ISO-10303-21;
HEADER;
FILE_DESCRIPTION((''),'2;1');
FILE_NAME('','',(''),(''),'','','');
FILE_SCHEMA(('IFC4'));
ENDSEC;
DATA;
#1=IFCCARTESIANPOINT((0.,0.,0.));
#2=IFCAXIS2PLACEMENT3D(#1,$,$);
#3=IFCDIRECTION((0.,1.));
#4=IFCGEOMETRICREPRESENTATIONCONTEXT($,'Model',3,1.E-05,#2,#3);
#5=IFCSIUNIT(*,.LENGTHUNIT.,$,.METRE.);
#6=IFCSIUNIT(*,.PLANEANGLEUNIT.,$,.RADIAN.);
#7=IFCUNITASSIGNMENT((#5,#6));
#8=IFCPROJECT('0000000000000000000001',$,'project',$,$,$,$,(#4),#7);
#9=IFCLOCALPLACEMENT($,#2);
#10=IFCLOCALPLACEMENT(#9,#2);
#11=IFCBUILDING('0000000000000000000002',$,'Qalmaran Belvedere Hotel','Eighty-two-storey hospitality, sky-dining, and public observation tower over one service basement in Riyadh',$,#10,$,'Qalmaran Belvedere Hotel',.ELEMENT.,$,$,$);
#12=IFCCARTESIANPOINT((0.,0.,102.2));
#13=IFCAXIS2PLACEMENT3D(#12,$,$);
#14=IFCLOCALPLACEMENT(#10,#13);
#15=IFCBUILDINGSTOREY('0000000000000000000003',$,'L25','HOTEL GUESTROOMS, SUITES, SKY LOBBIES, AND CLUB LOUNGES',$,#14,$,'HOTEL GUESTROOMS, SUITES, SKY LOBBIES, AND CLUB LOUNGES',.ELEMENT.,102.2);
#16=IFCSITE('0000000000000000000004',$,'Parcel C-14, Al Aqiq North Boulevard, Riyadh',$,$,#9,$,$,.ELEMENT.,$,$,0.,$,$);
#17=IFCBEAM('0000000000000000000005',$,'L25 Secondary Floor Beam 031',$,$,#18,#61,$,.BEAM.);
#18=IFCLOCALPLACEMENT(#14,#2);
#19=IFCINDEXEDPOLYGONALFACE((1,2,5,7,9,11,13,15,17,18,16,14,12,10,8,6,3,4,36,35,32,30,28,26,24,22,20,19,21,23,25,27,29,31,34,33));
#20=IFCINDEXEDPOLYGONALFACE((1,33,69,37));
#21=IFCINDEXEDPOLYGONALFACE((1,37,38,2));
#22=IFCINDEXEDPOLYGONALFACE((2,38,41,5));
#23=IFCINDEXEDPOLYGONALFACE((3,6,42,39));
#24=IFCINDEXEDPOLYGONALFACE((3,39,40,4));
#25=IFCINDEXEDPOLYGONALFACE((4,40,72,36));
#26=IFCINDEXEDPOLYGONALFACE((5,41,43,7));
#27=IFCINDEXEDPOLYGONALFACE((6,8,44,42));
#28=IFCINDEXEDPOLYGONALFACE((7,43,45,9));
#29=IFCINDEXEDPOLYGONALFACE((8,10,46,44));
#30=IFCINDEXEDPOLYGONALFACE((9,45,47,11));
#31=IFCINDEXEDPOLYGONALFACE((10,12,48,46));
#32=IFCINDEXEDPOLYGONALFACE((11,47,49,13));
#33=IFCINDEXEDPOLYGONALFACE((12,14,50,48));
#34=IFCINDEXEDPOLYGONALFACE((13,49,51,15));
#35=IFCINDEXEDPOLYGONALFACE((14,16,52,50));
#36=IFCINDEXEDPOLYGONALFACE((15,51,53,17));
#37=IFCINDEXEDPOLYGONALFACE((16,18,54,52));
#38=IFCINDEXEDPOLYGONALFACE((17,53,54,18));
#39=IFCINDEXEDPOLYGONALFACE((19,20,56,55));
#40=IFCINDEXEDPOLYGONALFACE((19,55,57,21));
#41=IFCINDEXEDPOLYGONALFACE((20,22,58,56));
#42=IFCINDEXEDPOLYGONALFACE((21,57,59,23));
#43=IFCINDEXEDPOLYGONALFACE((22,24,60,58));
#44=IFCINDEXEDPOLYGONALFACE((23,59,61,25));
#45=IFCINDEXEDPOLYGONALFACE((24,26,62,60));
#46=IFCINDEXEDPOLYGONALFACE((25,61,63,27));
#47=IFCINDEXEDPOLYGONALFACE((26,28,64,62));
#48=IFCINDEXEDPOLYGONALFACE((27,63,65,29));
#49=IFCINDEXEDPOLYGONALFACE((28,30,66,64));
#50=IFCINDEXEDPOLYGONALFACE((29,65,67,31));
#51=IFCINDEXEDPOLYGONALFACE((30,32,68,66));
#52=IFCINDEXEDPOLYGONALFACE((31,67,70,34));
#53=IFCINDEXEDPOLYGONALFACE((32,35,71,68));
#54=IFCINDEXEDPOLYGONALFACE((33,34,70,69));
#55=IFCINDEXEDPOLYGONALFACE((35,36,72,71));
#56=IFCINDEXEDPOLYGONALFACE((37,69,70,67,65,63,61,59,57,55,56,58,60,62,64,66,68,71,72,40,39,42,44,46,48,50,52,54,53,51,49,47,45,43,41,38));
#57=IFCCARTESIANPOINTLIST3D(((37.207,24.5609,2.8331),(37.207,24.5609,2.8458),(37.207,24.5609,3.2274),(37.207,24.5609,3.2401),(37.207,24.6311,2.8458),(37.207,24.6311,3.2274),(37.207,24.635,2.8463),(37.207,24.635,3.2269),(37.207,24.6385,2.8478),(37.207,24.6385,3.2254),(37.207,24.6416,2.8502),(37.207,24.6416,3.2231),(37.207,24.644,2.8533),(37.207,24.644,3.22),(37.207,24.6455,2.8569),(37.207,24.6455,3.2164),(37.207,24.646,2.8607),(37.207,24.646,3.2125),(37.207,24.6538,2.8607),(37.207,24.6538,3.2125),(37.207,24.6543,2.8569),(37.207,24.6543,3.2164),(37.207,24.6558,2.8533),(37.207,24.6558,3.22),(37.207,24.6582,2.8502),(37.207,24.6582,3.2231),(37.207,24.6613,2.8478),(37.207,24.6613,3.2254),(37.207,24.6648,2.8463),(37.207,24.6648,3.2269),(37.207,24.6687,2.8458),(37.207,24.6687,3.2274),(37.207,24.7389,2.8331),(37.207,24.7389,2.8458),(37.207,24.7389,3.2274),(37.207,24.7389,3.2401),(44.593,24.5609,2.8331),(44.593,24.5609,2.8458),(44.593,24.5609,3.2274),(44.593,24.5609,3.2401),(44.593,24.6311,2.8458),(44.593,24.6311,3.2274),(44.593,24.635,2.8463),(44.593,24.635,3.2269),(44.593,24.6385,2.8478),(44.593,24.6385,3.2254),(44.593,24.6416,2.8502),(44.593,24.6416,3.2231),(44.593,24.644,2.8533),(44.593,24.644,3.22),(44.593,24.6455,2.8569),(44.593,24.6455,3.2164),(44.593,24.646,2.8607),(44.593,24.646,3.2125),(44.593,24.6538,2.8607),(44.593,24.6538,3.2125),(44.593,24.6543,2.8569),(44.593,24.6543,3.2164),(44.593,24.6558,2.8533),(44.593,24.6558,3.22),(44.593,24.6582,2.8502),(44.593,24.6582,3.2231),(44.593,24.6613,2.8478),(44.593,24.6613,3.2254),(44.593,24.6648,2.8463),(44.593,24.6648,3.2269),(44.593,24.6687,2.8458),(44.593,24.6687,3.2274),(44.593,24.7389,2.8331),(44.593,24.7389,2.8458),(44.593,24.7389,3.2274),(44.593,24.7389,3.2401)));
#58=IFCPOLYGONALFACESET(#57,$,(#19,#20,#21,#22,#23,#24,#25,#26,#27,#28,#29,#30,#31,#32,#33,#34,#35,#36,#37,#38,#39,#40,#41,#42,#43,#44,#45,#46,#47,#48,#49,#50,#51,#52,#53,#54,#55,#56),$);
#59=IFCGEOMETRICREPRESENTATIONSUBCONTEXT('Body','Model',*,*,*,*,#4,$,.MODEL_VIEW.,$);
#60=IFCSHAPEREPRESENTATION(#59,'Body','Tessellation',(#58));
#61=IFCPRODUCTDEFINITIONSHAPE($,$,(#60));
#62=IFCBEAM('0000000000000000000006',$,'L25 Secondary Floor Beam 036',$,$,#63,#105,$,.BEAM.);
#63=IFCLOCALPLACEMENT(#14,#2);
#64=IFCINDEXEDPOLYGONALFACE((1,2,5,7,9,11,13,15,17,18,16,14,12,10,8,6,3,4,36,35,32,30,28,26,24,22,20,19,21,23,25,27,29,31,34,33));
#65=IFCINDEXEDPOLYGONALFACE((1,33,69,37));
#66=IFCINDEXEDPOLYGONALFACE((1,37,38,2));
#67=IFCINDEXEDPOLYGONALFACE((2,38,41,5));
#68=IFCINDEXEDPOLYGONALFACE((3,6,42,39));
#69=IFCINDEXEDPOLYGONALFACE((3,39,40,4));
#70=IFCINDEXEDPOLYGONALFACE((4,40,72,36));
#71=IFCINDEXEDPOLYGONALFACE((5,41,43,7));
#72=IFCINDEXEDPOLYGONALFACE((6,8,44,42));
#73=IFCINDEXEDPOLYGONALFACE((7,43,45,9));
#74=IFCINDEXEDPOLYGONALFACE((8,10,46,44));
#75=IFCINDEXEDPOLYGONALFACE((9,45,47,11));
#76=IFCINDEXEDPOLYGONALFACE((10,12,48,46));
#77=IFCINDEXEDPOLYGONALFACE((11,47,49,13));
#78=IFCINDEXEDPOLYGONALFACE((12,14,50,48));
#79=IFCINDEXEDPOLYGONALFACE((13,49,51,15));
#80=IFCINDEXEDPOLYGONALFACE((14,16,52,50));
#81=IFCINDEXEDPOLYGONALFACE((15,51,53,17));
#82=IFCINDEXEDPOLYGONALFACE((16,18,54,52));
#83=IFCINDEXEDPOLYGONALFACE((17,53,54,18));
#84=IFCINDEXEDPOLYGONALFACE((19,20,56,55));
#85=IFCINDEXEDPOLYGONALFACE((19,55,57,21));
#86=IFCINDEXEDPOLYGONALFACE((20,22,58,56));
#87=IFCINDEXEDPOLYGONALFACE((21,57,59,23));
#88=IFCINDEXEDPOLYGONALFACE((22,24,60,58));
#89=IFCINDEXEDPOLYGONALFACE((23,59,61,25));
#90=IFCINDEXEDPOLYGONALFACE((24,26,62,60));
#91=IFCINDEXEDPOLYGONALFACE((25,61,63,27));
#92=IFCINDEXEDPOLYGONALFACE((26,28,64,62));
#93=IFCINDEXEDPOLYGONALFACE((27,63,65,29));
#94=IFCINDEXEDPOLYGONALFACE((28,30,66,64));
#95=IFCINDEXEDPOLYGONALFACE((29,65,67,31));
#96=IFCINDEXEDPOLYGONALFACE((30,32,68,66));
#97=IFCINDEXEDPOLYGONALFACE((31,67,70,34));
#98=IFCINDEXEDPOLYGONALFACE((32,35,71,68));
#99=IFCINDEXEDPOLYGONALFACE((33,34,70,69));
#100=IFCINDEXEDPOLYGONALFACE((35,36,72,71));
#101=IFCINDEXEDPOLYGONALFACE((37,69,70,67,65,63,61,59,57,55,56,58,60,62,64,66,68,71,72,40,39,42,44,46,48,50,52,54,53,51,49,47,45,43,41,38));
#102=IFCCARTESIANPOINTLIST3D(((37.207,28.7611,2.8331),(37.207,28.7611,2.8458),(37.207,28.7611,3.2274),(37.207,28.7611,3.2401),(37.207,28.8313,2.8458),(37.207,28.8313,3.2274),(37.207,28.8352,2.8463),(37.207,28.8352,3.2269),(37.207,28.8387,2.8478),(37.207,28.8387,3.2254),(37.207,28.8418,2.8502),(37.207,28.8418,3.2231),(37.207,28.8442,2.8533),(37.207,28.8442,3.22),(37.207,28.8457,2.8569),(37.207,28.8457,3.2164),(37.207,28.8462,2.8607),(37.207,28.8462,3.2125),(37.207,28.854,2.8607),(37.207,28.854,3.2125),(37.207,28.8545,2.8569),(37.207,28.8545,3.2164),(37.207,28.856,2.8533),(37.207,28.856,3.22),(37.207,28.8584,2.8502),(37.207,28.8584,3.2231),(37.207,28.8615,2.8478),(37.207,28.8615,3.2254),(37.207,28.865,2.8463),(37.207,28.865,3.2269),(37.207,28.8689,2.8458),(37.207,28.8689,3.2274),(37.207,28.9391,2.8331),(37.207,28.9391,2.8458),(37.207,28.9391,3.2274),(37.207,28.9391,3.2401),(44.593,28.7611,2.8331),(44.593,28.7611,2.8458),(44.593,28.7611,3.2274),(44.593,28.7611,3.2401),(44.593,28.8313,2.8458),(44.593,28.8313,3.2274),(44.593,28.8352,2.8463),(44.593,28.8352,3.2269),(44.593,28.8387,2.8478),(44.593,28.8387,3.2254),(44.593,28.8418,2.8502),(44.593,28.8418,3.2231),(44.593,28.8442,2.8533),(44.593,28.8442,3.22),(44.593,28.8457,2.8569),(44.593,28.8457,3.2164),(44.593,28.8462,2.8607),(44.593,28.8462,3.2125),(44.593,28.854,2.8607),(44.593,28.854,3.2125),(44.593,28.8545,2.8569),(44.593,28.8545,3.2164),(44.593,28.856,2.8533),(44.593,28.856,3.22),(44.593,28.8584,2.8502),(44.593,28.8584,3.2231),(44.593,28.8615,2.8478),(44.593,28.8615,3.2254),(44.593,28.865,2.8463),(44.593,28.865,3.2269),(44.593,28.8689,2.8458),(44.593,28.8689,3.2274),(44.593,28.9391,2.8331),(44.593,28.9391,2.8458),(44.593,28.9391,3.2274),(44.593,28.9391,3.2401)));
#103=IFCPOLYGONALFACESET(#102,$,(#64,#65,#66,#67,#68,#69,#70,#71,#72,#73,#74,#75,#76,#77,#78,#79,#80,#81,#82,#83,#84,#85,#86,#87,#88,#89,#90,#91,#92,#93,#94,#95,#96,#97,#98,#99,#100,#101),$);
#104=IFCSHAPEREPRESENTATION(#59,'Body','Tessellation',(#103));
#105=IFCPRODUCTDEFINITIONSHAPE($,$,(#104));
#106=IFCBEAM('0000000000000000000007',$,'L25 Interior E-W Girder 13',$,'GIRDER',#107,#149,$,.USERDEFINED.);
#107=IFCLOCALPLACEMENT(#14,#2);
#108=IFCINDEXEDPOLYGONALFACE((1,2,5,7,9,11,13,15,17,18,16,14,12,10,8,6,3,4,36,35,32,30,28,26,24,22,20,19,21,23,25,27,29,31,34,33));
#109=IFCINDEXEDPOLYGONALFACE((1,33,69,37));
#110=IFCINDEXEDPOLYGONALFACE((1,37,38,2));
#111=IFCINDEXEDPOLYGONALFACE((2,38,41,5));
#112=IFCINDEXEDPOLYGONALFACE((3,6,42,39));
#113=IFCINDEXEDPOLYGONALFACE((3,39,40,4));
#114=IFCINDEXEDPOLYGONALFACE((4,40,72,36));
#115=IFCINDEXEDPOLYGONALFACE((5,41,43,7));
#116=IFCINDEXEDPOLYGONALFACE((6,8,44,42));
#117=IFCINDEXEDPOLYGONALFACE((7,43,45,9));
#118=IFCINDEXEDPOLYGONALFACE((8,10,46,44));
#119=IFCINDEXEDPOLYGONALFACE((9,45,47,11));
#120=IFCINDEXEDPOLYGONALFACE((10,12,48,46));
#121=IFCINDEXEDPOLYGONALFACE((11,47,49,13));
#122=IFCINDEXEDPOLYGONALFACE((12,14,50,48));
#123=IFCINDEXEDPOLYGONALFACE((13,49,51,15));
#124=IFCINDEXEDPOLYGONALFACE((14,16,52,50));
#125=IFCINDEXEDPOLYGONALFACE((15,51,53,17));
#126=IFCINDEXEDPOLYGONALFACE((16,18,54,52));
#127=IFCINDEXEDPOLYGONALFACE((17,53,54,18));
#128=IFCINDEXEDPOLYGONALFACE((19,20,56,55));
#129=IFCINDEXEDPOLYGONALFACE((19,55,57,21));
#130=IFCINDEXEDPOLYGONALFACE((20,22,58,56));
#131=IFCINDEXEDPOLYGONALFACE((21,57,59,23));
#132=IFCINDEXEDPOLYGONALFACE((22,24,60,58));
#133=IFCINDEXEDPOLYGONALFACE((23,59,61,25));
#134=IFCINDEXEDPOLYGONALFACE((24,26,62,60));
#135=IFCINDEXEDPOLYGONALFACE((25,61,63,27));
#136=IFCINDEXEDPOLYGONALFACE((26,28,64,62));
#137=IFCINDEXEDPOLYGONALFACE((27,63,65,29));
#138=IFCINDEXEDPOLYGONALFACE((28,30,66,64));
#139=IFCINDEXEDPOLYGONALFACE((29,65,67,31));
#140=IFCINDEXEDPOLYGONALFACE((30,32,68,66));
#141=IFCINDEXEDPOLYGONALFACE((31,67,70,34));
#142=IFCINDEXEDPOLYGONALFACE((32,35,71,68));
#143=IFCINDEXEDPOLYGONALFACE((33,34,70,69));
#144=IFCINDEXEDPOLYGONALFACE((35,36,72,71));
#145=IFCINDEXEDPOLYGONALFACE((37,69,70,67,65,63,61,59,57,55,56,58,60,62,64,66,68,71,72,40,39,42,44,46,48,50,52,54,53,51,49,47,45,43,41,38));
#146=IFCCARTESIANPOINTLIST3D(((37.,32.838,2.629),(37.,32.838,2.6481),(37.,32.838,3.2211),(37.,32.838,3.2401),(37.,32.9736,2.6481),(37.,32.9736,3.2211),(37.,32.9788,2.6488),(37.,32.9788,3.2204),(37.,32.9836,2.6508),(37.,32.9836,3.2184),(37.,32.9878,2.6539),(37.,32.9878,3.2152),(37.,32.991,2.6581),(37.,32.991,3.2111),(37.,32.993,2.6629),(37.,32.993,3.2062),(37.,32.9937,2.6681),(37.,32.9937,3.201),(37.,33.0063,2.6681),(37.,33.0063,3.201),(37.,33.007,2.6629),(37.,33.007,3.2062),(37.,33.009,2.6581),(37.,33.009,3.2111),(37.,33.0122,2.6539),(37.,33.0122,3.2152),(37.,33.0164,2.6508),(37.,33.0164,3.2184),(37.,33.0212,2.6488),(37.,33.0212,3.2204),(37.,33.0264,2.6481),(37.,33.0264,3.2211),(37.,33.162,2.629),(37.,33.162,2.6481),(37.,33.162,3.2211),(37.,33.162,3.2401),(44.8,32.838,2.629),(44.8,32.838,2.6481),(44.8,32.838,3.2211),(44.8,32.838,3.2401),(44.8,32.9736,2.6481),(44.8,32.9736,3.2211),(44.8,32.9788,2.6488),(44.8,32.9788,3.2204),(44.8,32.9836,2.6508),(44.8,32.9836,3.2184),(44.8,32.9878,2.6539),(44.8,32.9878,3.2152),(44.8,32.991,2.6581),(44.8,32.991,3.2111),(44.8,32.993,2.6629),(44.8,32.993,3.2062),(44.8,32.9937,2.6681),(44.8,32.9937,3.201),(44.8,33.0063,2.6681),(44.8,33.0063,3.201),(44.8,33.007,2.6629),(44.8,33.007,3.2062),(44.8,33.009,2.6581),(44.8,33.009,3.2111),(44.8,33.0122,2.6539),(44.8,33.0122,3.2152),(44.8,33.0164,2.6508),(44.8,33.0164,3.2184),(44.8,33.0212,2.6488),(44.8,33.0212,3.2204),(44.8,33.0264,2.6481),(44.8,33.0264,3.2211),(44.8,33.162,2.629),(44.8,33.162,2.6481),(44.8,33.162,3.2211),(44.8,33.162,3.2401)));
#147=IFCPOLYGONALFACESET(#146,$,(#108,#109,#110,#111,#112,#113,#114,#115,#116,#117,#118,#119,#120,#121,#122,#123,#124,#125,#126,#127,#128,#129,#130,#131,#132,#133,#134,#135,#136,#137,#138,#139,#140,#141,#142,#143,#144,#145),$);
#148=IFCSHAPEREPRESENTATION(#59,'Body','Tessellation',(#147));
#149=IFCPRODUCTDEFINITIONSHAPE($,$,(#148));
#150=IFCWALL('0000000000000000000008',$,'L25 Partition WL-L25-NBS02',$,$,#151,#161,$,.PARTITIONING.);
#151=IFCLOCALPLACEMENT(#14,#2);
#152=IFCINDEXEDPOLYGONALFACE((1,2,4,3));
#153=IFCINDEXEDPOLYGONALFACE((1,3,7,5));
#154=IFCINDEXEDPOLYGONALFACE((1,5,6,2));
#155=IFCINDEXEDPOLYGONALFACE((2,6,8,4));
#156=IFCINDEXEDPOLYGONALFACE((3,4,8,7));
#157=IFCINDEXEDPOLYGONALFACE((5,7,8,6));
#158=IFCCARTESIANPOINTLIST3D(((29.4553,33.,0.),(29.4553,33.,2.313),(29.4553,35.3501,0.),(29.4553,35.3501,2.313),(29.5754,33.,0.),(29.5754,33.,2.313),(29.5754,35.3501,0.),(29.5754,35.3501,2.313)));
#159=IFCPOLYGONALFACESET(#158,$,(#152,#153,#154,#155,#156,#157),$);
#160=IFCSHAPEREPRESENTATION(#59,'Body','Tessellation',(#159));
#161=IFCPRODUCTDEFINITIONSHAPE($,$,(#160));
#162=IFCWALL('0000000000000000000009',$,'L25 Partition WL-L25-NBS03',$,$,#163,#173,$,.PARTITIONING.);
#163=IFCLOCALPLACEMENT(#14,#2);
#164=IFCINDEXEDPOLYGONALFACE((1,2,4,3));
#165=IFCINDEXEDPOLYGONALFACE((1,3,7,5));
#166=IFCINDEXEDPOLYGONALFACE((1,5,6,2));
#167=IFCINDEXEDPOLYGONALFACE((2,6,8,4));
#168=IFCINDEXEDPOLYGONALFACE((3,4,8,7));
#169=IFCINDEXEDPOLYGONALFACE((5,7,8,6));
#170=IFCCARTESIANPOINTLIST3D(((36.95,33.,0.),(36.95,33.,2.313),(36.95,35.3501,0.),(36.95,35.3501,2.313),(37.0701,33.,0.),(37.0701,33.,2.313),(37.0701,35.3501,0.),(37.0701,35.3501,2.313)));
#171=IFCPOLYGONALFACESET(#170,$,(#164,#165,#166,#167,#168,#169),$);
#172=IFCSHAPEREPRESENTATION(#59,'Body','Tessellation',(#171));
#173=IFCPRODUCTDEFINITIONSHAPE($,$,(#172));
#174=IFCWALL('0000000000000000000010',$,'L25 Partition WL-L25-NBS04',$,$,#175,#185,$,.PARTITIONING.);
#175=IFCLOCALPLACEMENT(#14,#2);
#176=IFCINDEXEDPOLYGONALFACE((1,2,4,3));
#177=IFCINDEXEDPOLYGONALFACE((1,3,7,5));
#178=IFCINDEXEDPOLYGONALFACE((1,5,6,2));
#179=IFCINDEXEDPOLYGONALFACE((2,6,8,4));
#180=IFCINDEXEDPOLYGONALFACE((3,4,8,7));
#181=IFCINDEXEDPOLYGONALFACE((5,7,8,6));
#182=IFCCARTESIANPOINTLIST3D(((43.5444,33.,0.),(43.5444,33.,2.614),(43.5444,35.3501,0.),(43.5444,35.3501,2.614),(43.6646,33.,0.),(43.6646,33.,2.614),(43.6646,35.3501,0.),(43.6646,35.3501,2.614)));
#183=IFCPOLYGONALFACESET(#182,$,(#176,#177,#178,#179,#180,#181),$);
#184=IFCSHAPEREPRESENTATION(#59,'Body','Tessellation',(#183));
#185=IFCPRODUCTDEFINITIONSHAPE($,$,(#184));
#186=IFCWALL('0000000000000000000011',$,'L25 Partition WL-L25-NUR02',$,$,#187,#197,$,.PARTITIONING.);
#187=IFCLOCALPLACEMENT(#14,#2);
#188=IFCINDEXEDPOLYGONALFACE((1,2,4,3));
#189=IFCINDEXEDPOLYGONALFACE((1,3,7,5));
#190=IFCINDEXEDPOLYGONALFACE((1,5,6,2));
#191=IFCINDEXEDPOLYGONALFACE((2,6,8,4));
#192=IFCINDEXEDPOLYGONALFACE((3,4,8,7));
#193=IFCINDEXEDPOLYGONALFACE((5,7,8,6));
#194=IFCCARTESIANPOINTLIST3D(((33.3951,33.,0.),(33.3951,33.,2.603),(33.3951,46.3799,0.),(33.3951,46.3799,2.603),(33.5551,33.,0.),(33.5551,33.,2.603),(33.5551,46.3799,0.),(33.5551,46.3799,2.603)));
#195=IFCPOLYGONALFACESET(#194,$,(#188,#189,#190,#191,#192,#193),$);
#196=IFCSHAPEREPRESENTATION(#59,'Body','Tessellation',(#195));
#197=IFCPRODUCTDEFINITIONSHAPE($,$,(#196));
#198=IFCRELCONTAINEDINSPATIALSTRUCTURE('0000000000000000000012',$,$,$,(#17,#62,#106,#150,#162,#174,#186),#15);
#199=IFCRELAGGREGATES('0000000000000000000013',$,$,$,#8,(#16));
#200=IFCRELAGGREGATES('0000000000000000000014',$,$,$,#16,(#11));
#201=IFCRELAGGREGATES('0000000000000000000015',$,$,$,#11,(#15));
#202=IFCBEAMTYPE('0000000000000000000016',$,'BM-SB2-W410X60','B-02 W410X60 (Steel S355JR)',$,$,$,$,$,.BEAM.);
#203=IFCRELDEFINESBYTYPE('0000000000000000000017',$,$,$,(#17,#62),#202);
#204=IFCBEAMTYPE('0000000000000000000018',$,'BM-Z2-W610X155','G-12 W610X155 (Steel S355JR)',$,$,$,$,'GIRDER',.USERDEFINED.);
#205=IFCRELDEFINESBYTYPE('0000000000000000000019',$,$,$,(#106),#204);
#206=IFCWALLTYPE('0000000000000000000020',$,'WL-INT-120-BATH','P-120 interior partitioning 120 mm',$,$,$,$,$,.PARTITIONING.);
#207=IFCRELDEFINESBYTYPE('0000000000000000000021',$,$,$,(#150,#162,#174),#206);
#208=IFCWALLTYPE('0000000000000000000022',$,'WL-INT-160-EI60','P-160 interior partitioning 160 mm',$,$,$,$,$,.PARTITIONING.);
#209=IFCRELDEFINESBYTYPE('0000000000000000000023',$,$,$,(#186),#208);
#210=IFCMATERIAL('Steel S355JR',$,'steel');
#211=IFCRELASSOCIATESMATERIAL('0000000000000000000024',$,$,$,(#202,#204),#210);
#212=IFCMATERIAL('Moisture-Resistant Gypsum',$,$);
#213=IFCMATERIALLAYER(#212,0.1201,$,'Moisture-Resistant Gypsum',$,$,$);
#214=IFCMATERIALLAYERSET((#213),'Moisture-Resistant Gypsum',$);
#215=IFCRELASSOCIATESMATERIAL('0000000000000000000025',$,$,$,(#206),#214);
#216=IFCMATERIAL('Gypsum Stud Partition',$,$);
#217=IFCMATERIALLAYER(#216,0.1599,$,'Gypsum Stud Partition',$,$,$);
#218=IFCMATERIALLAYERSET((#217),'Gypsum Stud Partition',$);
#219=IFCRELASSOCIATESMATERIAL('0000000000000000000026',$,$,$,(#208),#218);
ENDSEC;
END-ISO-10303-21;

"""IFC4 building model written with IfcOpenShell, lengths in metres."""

from ifc_helpers import new_model, si_unit, direction, frame, frame_2d, origin, origin_2d, place, context, subcontext, project, spatial, rectangle, i_section, extrude, material, layer, layer_set, material_profile, profile_set, type_object, element, save


model = new_model("IFC4")

# Units and contexts
model_context = context("Model", 3, precision=1e-05, world=origin(), true_north=direction((0.0, 1.0)))
body_context = subcontext(model_context, "Body", "Model", "MODEL_VIEW")
ifc_project = project(units=[si_unit("LENGTHUNIT", "METRE"), si_unit("PLANEANGLEUNIT", "RADIAN")], contexts=[model_context])

# Site, building, storey
site_placement = place(None, origin())
site = spatial("IfcSite", under=ifc_project, at=site_placement, Name="Parcel C-14, Al Aqiq North Boulevard, Riyadh", CompositionType="ELEMENT", RefElevation=0.0)
building_placement = place(site_placement, origin())
building = spatial("IfcBuilding", under=site, at=building_placement, Name="Qalmaran Belvedere Hotel", Description="Eighty-two-storey hospitality, sky-dining, and public observation tower over one service basement in Riyadh", LongName="Qalmaran Belvedere Hotel", CompositionType="ELEMENT")
storey_placement = place(building_placement, frame((0.0, 0.0, 102.2)))
storey = spatial("IfcBuildingStorey", under=building, at=storey_placement, Name="L25", Description="HOTEL GUESTROOMS, SUITES, SKY LOBBIES, AND CLUB LOUNGES", LongName="HOTEL GUESTROOMS, SUITES, SKY LOBBIES, AND CLUB LOUNGES", CompositionType="ELEMENT", Elevation=102.2)

# Beams
ifc_material_1 = material(Name="Steel S355JR", Category="steel")
ifc_material_profile_1 = material_profile(ifc_material_1, i_section(OverallWidth=0.178, OverallDepth=0.407, WebThickness=0.0078, FlangeThickness=0.0127, FilletRadius=0.0149, at=origin_2d()), Name="W410X60")
ifc_profile_set_1 = profile_set([ifc_material_profile_1], Name="Steel S355JR")
beam_type_1 = type_object("IfcBeamType", Name="BM-SB2-W410X60", Description="B-02 W410X60 (Steel S355JR)", PredefinedType="BEAM", material=ifc_profile_set_1)
for number, where, z_axis, x_axis, name in (
    (1, (37.207, 24.6499, 3.0366), (1.0, 0.0, 0.0), (0.0, 1.0, 0.0), "L25 Secondary Floor Beam 031"),
    (2, (37.207, 28.8501, 3.0366), (1.0, 0.0, 0.0), (0.0, 1.0, 0.0), "L25 Secondary Floor Beam 036"),
):
    element("IfcBeam", number, at=place(storey_placement, frame(where, z_axis=z_axis, x_axis=x_axis)), inside=storey, type_object=beam_type_1, Name=name, PredefinedType="BEAM", context=body_context, shape_type="SweptSolid", body=[
        extrude(i_section(OverallWidth=0.178, OverallDepth=0.407, WebThickness=0.0078, FlangeThickness=0.0127, FilletRadius=0.0149, at=origin_2d()), origin(), (0.0, 0.0, 1.0), 7.386),
    ])
ifc_material_profile_2 = material_profile(ifc_material_1, i_section(OverallWidth=0.324, OverallDepth=0.6111, WebThickness=0.0127, FlangeThickness=0.019, FilletRadius=0.02, at=origin_2d()), Name="W610X155")
ifc_profile_set_2 = profile_set([ifc_material_profile_2], Name="Steel S355JR")
beam_type_2 = type_object("IfcBeamType", Name="BM-Z2-W610X155", Description="G-12 W610X155 (Steel S355JR)", ElementType="GIRDER", PredefinedType="USERDEFINED", material=ifc_profile_set_2)
beam_1_placement = place(storey_placement, frame((37.0, 33.0, 2.9346), z_axis=(1.0, 0.0, 0.0), x_axis=(0.0, 1.0, 0.0)))
element("IfcBeam", 3, at=beam_1_placement, inside=storey, type_object=beam_type_2, Name="L25 Interior E-W Girder 13", ObjectType="GIRDER", PredefinedType="USERDEFINED", context=body_context, shape_type="SweptSolid", body=[
    extrude(i_section(OverallWidth=0.324, OverallDepth=0.6111, WebThickness=0.0127, FlangeThickness=0.019, FilletRadius=0.02, at=origin_2d()), origin(), (0.0, 0.0, 1.0), 7.8),
])

# Walls
ifc_material_2 = material(Name="Moisture-Resistant Gypsum")
ifc_layer_1 = layer(ifc_material_2, 0.1201, Name="Moisture-Resistant Gypsum")
ifc_layer_set_1 = layer_set([ifc_layer_1], Name="Moisture-Resistant Gypsum")
wall_type_1 = type_object("IfcWallType", Name="WL-INT-120-BATH", Description="P-120 interior partitioning 120 mm", PredefinedType="PARTITIONING", material=ifc_layer_set_1)
for number, where, z_axis, x_axis, name in (
    (4, (29.5154, 33.0, 0.0), (0.0, 0.0, 1.0), (0.0, 1.0, 0.0), "L25 Partition WL-L25-NBS02"),
    (5, (37.01, 33.0, 0.0), (0.0, 0.0, 1.0), (0.0, 1.0, 0.0), "L25 Partition WL-L25-NBS03"),
):
    element("IfcWall", number, at=place(storey_placement, frame(where, z_axis=z_axis, x_axis=x_axis)), inside=storey, type_object=wall_type_1, Name=name, PredefinedType="PARTITIONING", context=body_context, shape_type="SweptSolid", body=[
        extrude(rectangle(XDim=2.3501, YDim=0.1201, at=frame_2d((1.175, 0.0))), origin(), (0.0, 0.0, 1.0), 2.313),
    ])
wall_1_placement = place(storey_placement, frame((43.6045, 33.0, 0.0), z_axis=(0.0, 0.0, 1.0), x_axis=(0.0, 1.0, 0.0)))
element("IfcWall", 6, at=wall_1_placement, inside=storey, type_object=wall_type_1, Name="L25 Partition WL-L25-NBS04", PredefinedType="PARTITIONING", context=body_context, shape_type="SweptSolid", body=[
    extrude(rectangle(XDim=2.3501, YDim=0.1201, at=frame_2d((1.175, 0.0))), origin(), (0.0, 0.0, 1.0), 2.614),
])
ifc_material_3 = material(Name="Gypsum Stud Partition")
ifc_layer_2 = layer(ifc_material_3, 0.1599, Name="Gypsum Stud Partition")
ifc_layer_set_2 = layer_set([ifc_layer_2], Name="Gypsum Stud Partition")
wall_type_2 = type_object("IfcWallType", Name="WL-INT-160-EI60", Description="P-160 interior partitioning 160 mm", PredefinedType="PARTITIONING", material=ifc_layer_set_2)
for number, where, z_axis, x_axis, name in (
    (7, (33.4751, 33.0, 0.0), (0.0, 0.0, 1.0), (0.0, 1.0, 0.0), "L25 Partition WL-L25-NUR02"),
):
    element("IfcWall", number, at=place(storey_placement, frame(where, z_axis=z_axis, x_axis=x_axis)), inside=storey, type_object=wall_type_2, Name=name, PredefinedType="PARTITIONING", context=body_context, shape_type="SweptSolid", body=[
        extrude(rectangle(XDim=13.3799, YDim=0.1599, at=frame_2d((6.6899, 0.0))), origin(), (0.0, 0.0, 1.0), 2.603),
    ])

save(model, "model.ifc")
